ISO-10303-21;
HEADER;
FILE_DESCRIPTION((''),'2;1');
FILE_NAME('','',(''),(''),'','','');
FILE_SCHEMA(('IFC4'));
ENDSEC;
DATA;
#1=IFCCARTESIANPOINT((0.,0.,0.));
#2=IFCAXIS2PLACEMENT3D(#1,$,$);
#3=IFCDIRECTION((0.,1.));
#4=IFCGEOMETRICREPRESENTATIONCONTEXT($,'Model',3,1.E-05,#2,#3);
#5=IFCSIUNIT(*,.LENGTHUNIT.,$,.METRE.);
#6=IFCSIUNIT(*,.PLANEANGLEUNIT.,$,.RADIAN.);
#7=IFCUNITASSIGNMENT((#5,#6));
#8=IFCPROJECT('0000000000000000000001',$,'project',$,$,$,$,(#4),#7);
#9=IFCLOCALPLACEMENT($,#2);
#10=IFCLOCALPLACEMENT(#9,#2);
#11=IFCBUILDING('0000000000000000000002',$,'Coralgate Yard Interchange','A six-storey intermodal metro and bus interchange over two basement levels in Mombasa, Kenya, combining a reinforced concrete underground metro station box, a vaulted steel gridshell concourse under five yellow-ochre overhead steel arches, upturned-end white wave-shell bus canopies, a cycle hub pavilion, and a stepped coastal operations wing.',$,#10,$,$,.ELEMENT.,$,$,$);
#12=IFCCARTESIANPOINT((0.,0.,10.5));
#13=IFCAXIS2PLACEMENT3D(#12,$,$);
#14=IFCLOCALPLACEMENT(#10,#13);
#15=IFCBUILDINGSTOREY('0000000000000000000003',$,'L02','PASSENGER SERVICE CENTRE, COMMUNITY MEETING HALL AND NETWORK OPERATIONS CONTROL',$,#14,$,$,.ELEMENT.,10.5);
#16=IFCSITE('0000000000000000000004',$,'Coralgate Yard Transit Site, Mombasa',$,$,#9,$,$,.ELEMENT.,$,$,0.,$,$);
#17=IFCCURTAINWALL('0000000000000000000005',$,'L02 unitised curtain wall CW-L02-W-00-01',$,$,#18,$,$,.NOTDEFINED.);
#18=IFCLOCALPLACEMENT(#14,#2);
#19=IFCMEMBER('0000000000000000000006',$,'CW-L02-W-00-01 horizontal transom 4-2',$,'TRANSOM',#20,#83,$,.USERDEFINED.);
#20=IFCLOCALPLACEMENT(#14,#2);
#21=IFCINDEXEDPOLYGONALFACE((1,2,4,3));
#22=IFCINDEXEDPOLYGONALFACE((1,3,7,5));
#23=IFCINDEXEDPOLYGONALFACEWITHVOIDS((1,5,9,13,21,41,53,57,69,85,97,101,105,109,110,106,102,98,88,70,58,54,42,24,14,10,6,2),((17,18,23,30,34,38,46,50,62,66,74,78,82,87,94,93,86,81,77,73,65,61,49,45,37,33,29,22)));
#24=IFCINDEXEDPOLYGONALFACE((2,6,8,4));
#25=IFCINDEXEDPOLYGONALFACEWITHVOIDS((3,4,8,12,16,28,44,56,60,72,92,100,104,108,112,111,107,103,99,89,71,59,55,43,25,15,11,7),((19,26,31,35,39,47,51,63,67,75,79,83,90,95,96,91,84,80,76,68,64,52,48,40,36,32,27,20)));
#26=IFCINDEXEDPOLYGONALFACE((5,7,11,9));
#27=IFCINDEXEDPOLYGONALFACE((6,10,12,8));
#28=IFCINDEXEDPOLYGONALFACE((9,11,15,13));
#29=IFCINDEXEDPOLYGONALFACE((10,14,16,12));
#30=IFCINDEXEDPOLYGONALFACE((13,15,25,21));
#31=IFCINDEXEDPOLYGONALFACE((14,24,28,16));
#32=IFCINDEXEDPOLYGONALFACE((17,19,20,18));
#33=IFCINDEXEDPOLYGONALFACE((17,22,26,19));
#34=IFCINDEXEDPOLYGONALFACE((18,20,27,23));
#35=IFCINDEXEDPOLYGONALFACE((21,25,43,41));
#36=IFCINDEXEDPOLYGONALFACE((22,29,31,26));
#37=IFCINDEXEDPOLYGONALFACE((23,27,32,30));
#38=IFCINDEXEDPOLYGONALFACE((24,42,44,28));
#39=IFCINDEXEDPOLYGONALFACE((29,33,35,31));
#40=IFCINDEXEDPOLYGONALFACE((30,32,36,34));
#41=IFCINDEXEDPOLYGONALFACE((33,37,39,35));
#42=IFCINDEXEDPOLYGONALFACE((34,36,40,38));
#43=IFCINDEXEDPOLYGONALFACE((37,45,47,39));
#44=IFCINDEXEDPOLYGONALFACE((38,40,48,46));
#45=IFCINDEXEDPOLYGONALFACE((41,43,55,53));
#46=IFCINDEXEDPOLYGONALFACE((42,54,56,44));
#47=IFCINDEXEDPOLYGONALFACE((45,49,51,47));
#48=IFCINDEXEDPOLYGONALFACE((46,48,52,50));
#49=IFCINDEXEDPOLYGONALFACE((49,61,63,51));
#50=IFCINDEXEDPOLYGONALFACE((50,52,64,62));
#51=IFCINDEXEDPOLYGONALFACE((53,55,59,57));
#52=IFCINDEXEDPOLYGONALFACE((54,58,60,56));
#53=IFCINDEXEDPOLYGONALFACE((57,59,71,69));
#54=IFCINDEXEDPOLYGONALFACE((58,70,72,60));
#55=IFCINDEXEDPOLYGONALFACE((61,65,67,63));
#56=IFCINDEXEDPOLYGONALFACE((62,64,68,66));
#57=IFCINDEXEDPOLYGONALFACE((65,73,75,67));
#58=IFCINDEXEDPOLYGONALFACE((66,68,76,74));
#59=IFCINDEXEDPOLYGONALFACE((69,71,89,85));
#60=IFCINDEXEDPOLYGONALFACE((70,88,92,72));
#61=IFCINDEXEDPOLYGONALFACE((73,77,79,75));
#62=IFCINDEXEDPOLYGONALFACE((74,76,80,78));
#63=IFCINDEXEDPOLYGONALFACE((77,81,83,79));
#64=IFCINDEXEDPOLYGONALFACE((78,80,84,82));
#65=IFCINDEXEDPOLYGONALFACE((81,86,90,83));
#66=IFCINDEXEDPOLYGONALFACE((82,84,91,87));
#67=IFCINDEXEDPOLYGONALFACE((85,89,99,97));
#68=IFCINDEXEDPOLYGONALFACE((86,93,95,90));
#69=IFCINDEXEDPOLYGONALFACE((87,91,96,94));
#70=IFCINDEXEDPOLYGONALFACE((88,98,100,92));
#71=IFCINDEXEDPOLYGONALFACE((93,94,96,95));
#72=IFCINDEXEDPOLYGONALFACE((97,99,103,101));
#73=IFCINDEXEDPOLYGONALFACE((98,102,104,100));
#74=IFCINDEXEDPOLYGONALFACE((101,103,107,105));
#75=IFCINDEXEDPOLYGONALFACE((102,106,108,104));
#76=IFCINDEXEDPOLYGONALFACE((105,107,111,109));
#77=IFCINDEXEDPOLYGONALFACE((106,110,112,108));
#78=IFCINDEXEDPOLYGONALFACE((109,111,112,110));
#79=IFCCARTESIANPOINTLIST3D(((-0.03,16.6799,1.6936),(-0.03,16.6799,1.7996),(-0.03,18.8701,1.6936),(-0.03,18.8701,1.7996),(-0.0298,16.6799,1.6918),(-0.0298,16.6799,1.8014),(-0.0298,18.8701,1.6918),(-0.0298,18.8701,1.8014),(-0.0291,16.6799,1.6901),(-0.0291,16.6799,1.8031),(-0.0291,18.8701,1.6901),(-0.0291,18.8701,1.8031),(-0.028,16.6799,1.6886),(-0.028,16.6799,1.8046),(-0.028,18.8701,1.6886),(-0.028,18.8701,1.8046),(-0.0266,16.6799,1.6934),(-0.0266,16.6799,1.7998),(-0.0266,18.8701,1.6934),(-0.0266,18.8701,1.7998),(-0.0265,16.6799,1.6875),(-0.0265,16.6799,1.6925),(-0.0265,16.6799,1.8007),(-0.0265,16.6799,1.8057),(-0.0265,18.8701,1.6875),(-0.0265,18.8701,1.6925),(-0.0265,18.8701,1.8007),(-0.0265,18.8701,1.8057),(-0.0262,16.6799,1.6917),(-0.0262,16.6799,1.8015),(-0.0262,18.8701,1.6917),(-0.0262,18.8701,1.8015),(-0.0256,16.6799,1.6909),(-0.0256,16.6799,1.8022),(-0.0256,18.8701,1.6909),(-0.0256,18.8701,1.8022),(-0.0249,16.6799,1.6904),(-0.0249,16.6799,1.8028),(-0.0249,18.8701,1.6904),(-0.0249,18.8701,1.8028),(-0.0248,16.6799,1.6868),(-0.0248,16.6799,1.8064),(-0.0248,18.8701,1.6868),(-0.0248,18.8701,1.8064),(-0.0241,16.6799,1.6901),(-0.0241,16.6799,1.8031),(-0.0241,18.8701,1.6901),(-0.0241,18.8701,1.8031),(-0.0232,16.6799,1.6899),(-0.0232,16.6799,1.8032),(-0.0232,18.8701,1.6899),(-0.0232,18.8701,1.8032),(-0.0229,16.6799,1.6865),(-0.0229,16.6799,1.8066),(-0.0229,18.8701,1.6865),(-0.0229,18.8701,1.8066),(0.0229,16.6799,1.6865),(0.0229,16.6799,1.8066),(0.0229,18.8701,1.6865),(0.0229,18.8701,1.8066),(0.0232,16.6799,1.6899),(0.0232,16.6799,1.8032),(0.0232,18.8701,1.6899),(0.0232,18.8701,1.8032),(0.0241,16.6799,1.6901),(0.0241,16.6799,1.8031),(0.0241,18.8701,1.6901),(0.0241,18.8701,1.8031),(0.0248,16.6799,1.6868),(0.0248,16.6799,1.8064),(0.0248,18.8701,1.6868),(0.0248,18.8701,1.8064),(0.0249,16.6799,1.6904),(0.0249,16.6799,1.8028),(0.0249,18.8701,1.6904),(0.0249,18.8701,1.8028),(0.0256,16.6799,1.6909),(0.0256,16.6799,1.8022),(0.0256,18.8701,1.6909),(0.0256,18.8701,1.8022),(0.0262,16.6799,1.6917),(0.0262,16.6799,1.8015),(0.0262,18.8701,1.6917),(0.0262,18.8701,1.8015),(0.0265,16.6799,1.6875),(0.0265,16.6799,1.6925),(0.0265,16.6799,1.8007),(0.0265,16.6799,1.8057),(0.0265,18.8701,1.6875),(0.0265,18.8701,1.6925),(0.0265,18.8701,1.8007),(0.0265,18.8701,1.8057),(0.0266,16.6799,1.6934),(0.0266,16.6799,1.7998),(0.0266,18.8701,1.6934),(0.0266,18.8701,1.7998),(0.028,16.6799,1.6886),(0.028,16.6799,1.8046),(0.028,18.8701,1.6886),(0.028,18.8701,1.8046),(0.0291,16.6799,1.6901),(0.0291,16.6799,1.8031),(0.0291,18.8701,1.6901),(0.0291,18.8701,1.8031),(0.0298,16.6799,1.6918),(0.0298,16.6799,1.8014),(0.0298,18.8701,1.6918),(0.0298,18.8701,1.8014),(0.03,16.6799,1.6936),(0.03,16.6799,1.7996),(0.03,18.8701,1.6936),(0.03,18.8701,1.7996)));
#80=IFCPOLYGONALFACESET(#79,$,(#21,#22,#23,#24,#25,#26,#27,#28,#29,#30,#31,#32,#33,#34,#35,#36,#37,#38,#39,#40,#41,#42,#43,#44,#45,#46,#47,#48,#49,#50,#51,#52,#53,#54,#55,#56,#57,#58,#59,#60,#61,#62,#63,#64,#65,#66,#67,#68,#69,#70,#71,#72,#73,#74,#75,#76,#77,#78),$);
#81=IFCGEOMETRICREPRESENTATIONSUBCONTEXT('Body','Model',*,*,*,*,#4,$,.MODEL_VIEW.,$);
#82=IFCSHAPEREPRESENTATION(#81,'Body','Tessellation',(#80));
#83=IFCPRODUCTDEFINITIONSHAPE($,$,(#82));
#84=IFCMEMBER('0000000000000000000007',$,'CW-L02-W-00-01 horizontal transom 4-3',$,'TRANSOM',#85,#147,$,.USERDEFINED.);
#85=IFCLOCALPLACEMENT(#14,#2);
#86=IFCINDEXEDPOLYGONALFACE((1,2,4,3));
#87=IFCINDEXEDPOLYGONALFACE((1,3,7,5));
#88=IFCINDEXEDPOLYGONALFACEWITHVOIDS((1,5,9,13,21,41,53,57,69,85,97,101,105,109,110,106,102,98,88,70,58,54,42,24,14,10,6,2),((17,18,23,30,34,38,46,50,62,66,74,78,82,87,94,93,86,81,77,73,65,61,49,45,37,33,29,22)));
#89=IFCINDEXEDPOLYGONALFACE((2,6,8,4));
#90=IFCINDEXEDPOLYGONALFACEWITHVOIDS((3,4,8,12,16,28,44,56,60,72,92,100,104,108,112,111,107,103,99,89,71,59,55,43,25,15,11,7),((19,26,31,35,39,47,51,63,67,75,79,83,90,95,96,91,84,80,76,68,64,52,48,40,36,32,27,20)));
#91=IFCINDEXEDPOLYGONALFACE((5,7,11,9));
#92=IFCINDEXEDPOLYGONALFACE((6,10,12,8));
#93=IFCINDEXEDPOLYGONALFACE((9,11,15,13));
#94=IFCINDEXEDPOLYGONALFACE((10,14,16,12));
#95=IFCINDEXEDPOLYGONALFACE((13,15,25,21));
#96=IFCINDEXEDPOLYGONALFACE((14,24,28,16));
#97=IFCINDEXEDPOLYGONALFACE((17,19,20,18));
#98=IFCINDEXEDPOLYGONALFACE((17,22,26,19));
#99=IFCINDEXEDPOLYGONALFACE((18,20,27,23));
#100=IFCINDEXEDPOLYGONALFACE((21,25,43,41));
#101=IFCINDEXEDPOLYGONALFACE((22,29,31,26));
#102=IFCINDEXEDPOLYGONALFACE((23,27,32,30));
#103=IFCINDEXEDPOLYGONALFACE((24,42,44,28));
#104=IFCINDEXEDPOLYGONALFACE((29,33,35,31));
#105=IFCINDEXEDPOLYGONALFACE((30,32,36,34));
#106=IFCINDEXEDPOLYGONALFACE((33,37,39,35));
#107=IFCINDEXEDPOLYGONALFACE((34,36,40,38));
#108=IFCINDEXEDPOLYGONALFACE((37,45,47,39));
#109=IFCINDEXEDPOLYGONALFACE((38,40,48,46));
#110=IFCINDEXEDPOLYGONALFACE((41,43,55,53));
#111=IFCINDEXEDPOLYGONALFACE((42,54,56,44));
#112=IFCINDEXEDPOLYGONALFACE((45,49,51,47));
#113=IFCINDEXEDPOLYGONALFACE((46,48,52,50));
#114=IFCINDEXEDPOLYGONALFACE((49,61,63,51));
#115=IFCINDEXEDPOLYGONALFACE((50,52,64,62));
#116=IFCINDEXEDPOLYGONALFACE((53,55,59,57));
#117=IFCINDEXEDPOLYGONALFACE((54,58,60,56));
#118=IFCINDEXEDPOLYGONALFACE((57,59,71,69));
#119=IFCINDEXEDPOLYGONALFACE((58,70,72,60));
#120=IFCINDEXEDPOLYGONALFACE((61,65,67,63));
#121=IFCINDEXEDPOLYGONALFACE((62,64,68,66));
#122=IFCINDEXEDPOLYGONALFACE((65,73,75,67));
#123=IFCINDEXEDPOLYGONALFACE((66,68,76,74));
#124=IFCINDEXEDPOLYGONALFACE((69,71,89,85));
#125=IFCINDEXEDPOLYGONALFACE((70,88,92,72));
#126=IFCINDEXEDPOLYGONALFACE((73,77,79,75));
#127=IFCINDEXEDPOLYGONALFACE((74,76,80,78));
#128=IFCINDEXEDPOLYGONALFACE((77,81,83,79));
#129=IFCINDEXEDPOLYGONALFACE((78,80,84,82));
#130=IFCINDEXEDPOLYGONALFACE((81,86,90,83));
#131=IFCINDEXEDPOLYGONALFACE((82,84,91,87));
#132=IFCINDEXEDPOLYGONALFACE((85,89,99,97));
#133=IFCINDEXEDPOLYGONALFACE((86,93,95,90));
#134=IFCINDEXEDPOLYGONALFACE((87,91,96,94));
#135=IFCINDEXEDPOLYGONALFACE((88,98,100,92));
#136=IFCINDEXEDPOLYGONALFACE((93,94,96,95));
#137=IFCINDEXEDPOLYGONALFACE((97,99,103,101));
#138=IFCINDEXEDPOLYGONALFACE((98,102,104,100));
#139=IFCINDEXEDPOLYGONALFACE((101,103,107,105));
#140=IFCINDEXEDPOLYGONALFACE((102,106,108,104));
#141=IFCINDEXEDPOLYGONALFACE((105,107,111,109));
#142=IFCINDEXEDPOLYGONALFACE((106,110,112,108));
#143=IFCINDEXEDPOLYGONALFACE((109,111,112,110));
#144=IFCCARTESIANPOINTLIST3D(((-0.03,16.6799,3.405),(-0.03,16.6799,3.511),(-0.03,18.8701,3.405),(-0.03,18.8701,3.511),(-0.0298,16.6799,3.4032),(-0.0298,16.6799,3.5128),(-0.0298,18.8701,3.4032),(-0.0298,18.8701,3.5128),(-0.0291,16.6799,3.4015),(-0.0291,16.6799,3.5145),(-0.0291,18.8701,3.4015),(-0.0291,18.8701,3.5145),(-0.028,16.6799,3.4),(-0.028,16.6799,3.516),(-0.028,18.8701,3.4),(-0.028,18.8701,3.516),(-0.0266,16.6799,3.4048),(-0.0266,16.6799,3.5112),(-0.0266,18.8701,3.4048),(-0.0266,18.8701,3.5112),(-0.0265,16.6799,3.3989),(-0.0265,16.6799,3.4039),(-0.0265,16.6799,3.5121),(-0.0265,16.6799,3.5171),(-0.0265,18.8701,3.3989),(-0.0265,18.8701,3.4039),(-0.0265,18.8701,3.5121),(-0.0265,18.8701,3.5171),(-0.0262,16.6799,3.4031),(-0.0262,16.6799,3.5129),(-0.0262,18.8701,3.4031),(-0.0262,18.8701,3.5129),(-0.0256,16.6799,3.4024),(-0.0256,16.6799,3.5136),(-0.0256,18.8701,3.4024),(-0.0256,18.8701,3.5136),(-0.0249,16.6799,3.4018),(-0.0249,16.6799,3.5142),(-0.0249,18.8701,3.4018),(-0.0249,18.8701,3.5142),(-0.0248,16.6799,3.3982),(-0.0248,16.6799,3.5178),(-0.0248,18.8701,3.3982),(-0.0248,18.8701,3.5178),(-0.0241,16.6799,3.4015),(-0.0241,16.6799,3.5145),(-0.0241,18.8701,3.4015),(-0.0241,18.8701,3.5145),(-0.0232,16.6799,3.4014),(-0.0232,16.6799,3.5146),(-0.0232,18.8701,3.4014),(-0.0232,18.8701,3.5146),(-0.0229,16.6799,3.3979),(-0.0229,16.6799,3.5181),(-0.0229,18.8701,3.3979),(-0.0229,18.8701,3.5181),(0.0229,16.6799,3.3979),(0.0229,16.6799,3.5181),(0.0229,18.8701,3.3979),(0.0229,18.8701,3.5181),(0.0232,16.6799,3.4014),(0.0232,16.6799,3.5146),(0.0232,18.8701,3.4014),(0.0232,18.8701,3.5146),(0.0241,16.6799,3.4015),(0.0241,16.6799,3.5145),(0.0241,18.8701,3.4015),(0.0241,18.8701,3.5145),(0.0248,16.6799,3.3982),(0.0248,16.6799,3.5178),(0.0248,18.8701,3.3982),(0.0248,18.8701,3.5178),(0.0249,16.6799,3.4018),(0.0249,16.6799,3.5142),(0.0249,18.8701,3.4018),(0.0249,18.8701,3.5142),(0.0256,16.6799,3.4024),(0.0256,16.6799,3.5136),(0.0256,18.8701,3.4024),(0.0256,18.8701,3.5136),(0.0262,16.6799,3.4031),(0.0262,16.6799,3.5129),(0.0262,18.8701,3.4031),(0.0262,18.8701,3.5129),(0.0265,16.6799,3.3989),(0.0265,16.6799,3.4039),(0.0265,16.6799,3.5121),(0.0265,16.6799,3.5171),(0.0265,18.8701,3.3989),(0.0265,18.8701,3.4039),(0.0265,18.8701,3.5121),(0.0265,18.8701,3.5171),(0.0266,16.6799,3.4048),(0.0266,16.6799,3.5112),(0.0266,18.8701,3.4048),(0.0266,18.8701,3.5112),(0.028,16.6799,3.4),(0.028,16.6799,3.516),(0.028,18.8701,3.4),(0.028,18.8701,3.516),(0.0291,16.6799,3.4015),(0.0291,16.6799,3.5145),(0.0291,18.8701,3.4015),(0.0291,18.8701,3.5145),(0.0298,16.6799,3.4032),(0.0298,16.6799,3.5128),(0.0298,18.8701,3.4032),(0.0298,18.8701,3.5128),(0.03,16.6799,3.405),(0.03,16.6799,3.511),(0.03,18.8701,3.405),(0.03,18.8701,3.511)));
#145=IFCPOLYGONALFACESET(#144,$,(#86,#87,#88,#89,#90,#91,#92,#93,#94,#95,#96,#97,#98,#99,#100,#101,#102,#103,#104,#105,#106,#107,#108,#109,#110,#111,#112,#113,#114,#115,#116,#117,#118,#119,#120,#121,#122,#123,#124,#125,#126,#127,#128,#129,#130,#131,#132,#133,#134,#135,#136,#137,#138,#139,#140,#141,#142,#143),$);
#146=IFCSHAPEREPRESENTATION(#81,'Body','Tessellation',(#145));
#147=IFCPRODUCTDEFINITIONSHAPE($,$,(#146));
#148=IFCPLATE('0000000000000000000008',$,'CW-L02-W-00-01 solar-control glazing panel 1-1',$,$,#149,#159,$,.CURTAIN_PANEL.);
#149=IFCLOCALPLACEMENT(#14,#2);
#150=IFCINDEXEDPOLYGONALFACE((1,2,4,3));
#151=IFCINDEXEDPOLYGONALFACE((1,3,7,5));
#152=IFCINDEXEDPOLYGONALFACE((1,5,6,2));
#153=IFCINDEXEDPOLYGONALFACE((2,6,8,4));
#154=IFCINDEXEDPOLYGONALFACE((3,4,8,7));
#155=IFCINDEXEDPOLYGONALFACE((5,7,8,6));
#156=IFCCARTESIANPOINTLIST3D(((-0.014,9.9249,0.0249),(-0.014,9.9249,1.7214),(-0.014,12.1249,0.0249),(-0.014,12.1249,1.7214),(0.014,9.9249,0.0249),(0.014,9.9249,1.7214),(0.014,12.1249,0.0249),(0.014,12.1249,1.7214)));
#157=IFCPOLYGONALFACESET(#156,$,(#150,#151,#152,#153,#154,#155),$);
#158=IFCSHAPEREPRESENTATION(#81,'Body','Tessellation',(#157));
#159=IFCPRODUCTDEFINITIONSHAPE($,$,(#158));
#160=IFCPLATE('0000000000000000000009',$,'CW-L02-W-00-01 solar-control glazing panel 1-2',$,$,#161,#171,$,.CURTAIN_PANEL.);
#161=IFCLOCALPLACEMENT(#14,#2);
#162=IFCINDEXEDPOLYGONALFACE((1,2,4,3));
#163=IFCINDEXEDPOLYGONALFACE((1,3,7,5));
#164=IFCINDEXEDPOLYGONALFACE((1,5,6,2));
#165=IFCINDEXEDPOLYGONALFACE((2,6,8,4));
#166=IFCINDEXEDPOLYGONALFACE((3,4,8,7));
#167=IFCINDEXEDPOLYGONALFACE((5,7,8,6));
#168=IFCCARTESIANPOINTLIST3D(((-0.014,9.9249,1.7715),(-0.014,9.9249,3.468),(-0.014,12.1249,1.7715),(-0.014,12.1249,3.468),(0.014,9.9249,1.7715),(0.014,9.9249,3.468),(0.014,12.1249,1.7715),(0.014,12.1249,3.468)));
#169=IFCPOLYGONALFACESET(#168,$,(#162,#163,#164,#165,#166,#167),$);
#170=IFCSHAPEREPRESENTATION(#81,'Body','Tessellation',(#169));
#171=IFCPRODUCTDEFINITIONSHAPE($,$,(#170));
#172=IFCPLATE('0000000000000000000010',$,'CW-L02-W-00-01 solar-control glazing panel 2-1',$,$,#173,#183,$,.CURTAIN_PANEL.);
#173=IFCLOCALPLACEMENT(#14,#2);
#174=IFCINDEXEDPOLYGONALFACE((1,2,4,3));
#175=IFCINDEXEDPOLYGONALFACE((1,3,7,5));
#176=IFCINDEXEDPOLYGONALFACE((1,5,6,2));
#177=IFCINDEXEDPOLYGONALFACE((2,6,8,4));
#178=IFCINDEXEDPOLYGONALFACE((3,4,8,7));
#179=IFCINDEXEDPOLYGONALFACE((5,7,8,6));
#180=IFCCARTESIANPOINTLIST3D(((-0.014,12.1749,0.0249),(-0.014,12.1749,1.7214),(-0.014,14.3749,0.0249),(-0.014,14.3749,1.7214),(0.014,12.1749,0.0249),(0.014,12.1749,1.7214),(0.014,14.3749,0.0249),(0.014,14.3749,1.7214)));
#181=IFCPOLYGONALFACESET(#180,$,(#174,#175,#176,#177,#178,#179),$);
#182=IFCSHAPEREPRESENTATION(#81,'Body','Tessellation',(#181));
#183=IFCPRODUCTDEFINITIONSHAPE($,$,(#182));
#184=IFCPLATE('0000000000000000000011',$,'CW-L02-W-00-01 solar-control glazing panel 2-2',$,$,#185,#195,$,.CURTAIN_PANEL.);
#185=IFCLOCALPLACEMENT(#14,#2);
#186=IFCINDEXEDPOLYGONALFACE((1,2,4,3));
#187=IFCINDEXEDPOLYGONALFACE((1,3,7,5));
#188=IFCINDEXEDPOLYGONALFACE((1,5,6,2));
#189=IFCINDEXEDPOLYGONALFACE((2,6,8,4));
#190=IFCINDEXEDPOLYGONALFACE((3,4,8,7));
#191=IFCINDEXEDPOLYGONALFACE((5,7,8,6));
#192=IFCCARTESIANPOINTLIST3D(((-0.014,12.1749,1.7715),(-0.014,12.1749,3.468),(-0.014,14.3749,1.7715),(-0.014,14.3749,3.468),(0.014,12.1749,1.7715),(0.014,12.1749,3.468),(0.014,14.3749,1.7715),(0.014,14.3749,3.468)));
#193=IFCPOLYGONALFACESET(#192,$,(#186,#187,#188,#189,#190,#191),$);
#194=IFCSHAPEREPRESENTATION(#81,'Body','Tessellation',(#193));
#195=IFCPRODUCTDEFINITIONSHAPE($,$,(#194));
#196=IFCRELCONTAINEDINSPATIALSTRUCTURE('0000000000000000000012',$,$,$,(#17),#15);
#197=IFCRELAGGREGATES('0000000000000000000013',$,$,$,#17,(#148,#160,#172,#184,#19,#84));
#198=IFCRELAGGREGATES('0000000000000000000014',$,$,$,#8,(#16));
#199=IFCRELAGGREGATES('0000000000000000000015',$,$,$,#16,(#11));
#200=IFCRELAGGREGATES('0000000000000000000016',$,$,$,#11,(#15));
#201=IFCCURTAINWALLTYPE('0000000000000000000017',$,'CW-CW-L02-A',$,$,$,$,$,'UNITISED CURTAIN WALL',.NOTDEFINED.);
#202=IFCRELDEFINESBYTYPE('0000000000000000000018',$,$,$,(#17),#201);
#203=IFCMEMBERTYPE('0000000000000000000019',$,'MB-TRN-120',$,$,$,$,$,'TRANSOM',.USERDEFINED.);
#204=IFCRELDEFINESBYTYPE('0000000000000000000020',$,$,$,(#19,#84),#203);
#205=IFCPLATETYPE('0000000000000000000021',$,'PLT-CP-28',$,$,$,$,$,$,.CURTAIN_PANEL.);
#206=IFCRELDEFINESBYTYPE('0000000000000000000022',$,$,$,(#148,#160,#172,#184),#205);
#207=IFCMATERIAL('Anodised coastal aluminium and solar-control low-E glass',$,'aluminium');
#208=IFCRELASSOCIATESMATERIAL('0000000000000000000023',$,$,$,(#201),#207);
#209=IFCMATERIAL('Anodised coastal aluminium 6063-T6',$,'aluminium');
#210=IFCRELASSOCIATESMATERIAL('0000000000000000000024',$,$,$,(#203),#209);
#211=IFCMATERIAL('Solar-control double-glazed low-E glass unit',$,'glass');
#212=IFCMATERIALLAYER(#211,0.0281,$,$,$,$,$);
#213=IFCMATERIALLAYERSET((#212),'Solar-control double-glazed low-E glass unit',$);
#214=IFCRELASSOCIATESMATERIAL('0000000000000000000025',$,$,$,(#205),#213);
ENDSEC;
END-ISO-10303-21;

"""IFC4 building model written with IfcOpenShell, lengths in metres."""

from ifc_helpers import new_model, si_unit, direction, frame, origin, origin_2d, place, context, subcontext, project, spatial, rectangle, hollow_rectangle, extrude, material, layer, layer_set, material_profile, profile_set, type_object, element, aggregate, save


model = new_model("IFC4")

# Units and contexts
model_context = context("Model", 3, precision=1e-05, world=origin(), true_north=direction((0.0, 1.0)))
body_context = subcontext(model_context, "Body", "Model", "MODEL_VIEW")
ifc_project = project(units=[si_unit("LENGTHUNIT", "METRE"), si_unit("PLANEANGLEUNIT", "RADIAN")], contexts=[model_context])

# Site, building, storey
site_placement = place(None, origin())
site = spatial("IfcSite", under=ifc_project, at=site_placement, Name="Coralgate Yard Transit Site, Mombasa", CompositionType="ELEMENT", RefElevation=0.0)
building_placement = place(site_placement, origin())
building = spatial("IfcBuilding", under=site, at=building_placement, Name="Coralgate Yard Interchange", Description="A six-storey intermodal metro and bus interchange over two basement levels in Mombasa, Kenya, combining a reinforced concrete underground metro station box, a vaulted steel gridshell concourse under five yellow-ochre overhead steel arches, upturned-end white wave-shell bus canopies, a cycle hub pavilion, and a stepped coastal operations wing.", CompositionType="ELEMENT")
storey_placement = place(building_placement, frame((0.0, 0.0, 10.5)))
storey = spatial("IfcBuildingStorey", under=building, at=storey_placement, Name="L02", Description="PASSENGER SERVICE CENTRE, COMMUNITY MEETING HALL AND NETWORK OPERATIONS CONTROL", CompositionType="ELEMENT", Elevation=10.5)

# Curtain wall, members, plates
ifc_material_1 = material(Name="Anodised coastal aluminium and solar-control low-E glass", Category="aluminium")
curtain_wall_type = type_object("IfcCurtainWallType", Name="CW-CW-L02-A", ElementType="UNITISED CURTAIN WALL", PredefinedType="NOTDEFINED", material=ifc_material_1)
curtain_wall_placement = place(storey_placement, origin())
curtain_wall = element("IfcCurtainWall", 1, at=curtain_wall_placement, inside=storey, type_object=curtain_wall_type, Name="L02 unitised curtain wall CW-L02-W-00-01", PredefinedType="NOTDEFINED")
ifc_material_2 = material(Name="Anodised coastal aluminium 6063-T6", Category="aluminium")
ifc_material_profile_1 = material_profile(ifc_material_2, hollow_rectangle(XDim=0.0601, YDim=0.1201, WallThickness=0.0034, InnerFilletRadius=0.0034, OuterFilletRadius=0.0071, at=origin_2d()), Name="ALU 60x120x3.5")
ifc_profile_set_1 = profile_set([ifc_material_profile_1], Name="Anodised coastal aluminium 6063-T6")
member_type_1 = type_object("IfcMemberType", Name="MB-TRN-120", ElementType="TRANSOM", PredefinedType="USERDEFINED", material=ifc_profile_set_1)
member_1_placement = place(storey_placement, frame((0.0, 16.6799, 1.7466), z_axis=(0.0, 1.0, 0.0), x_axis=(-1.0, 0.0, 0.0)))
member_1 = element("IfcMember", 2, at=member_1_placement, type_object=member_type_1, Name="CW-L02-W-00-01 horizontal transom 4-2", ObjectType="TRANSOM", PredefinedType="USERDEFINED", context=body_context, shape_type="SweptSolid", body=[
    extrude(hollow_rectangle(XDim=0.0601, YDim=0.1201, WallThickness=0.0034, InnerFilletRadius=0.0034, OuterFilletRadius=0.0071, at=origin_2d()), origin(), (0.0, 0.0, 1.0), 2.1902),
])
member_2_placement = place(storey_placement, frame((0.0, 16.6799, 3.458), z_axis=(0.0, 1.0, 0.0), x_axis=(-1.0, 0.0, 0.0)))
member_2 = element("IfcMember", 3, at=member_2_placement, type_object=member_type_1, Name="CW-L02-W-00-01 horizontal transom 4-3", ObjectType="TRANSOM", PredefinedType="USERDEFINED", context=body_context, shape_type="SweptSolid", body=[
    extrude(hollow_rectangle(XDim=0.0601, YDim=0.1201, WallThickness=0.0034, InnerFilletRadius=0.0034, OuterFilletRadius=0.0071, at=origin_2d()), origin(), (0.0, 0.0, 1.0), 2.1902),
])
ifc_material_3 = material(Name="Solar-control double-glazed low-E glass unit", Category="glass")
ifc_layer_1 = layer(ifc_material_3, 0.0281)
ifc_layer_set_1 = layer_set([ifc_layer_1], Name="Solar-control double-glazed low-E glass unit")
plate_type = type_object("IfcPlateType", Name="PLT-CP-28", PredefinedType="CURTAIN_PANEL", material=ifc_layer_set_1)
plate_1_placement = place(storey_placement, frame((0.0, 11.0249, 0.0249), z_axis=(0.0, 0.0, 1.0), x_axis=(0.0, 1.0, 0.0)))
plate_1 = element("IfcPlate", 4, at=plate_1_placement, type_object=plate_type, Name="CW-L02-W-00-01 solar-control glazing panel 1-1", PredefinedType="CURTAIN_PANEL", context=body_context, shape_type="SweptSolid", body=[
    extrude(rectangle(XDim=2.2, YDim=0.0281, at=origin_2d()), origin(), (0.0, 0.0, 1.0), 1.6965),
])
plate_2_placement = place(storey_placement, frame((0.0, 11.0249, 1.7715), z_axis=(0.0, 0.0, 1.0), x_axis=(0.0, 1.0, 0.0)))
plate_2 = element("IfcPlate", 5, at=plate_2_placement, type_object=plate_type, Name="CW-L02-W-00-01 solar-control glazing panel 1-2", PredefinedType="CURTAIN_PANEL", context=body_context, shape_type="SweptSolid", body=[
    extrude(rectangle(XDim=2.2, YDim=0.0281, at=origin_2d()), origin(), (0.0, 0.0, 1.0), 1.6965),
])
plate_3_placement = place(storey_placement, frame((0.0, 13.2749, 0.0249), z_axis=(0.0, 0.0, 1.0), x_axis=(0.0, 1.0, 0.0)))
plate_3 = element("IfcPlate", 6, at=plate_3_placement, type_object=plate_type, Name="CW-L02-W-00-01 solar-control glazing panel 2-1", PredefinedType="CURTAIN_PANEL", context=body_context, shape_type="SweptSolid", body=[
    extrude(rectangle(XDim=2.2, YDim=0.0281, at=origin_2d()), origin(), (0.0, 0.0, 1.0), 1.6965),
])
plate_4_placement = place(storey_placement, frame((0.0, 13.2749, 1.7715), z_axis=(0.0, 0.0, 1.0), x_axis=(0.0, 1.0, 0.0)))
plate_4 = element("IfcPlate", 7, at=plate_4_placement, type_object=plate_type, Name="CW-L02-W-00-01 solar-control glazing panel 2-2", PredefinedType="CURTAIN_PANEL", context=body_context, shape_type="SweptSolid", body=[
    extrude(rectangle(XDim=2.2, YDim=0.0281, at=origin_2d()), origin(), (0.0, 0.0, 1.0), 1.6965),
])
aggregate(curtain_wall, [plate_1, plate_2, plate_3, plate_4, member_1, member_2])

save(model, "model.ifc")
